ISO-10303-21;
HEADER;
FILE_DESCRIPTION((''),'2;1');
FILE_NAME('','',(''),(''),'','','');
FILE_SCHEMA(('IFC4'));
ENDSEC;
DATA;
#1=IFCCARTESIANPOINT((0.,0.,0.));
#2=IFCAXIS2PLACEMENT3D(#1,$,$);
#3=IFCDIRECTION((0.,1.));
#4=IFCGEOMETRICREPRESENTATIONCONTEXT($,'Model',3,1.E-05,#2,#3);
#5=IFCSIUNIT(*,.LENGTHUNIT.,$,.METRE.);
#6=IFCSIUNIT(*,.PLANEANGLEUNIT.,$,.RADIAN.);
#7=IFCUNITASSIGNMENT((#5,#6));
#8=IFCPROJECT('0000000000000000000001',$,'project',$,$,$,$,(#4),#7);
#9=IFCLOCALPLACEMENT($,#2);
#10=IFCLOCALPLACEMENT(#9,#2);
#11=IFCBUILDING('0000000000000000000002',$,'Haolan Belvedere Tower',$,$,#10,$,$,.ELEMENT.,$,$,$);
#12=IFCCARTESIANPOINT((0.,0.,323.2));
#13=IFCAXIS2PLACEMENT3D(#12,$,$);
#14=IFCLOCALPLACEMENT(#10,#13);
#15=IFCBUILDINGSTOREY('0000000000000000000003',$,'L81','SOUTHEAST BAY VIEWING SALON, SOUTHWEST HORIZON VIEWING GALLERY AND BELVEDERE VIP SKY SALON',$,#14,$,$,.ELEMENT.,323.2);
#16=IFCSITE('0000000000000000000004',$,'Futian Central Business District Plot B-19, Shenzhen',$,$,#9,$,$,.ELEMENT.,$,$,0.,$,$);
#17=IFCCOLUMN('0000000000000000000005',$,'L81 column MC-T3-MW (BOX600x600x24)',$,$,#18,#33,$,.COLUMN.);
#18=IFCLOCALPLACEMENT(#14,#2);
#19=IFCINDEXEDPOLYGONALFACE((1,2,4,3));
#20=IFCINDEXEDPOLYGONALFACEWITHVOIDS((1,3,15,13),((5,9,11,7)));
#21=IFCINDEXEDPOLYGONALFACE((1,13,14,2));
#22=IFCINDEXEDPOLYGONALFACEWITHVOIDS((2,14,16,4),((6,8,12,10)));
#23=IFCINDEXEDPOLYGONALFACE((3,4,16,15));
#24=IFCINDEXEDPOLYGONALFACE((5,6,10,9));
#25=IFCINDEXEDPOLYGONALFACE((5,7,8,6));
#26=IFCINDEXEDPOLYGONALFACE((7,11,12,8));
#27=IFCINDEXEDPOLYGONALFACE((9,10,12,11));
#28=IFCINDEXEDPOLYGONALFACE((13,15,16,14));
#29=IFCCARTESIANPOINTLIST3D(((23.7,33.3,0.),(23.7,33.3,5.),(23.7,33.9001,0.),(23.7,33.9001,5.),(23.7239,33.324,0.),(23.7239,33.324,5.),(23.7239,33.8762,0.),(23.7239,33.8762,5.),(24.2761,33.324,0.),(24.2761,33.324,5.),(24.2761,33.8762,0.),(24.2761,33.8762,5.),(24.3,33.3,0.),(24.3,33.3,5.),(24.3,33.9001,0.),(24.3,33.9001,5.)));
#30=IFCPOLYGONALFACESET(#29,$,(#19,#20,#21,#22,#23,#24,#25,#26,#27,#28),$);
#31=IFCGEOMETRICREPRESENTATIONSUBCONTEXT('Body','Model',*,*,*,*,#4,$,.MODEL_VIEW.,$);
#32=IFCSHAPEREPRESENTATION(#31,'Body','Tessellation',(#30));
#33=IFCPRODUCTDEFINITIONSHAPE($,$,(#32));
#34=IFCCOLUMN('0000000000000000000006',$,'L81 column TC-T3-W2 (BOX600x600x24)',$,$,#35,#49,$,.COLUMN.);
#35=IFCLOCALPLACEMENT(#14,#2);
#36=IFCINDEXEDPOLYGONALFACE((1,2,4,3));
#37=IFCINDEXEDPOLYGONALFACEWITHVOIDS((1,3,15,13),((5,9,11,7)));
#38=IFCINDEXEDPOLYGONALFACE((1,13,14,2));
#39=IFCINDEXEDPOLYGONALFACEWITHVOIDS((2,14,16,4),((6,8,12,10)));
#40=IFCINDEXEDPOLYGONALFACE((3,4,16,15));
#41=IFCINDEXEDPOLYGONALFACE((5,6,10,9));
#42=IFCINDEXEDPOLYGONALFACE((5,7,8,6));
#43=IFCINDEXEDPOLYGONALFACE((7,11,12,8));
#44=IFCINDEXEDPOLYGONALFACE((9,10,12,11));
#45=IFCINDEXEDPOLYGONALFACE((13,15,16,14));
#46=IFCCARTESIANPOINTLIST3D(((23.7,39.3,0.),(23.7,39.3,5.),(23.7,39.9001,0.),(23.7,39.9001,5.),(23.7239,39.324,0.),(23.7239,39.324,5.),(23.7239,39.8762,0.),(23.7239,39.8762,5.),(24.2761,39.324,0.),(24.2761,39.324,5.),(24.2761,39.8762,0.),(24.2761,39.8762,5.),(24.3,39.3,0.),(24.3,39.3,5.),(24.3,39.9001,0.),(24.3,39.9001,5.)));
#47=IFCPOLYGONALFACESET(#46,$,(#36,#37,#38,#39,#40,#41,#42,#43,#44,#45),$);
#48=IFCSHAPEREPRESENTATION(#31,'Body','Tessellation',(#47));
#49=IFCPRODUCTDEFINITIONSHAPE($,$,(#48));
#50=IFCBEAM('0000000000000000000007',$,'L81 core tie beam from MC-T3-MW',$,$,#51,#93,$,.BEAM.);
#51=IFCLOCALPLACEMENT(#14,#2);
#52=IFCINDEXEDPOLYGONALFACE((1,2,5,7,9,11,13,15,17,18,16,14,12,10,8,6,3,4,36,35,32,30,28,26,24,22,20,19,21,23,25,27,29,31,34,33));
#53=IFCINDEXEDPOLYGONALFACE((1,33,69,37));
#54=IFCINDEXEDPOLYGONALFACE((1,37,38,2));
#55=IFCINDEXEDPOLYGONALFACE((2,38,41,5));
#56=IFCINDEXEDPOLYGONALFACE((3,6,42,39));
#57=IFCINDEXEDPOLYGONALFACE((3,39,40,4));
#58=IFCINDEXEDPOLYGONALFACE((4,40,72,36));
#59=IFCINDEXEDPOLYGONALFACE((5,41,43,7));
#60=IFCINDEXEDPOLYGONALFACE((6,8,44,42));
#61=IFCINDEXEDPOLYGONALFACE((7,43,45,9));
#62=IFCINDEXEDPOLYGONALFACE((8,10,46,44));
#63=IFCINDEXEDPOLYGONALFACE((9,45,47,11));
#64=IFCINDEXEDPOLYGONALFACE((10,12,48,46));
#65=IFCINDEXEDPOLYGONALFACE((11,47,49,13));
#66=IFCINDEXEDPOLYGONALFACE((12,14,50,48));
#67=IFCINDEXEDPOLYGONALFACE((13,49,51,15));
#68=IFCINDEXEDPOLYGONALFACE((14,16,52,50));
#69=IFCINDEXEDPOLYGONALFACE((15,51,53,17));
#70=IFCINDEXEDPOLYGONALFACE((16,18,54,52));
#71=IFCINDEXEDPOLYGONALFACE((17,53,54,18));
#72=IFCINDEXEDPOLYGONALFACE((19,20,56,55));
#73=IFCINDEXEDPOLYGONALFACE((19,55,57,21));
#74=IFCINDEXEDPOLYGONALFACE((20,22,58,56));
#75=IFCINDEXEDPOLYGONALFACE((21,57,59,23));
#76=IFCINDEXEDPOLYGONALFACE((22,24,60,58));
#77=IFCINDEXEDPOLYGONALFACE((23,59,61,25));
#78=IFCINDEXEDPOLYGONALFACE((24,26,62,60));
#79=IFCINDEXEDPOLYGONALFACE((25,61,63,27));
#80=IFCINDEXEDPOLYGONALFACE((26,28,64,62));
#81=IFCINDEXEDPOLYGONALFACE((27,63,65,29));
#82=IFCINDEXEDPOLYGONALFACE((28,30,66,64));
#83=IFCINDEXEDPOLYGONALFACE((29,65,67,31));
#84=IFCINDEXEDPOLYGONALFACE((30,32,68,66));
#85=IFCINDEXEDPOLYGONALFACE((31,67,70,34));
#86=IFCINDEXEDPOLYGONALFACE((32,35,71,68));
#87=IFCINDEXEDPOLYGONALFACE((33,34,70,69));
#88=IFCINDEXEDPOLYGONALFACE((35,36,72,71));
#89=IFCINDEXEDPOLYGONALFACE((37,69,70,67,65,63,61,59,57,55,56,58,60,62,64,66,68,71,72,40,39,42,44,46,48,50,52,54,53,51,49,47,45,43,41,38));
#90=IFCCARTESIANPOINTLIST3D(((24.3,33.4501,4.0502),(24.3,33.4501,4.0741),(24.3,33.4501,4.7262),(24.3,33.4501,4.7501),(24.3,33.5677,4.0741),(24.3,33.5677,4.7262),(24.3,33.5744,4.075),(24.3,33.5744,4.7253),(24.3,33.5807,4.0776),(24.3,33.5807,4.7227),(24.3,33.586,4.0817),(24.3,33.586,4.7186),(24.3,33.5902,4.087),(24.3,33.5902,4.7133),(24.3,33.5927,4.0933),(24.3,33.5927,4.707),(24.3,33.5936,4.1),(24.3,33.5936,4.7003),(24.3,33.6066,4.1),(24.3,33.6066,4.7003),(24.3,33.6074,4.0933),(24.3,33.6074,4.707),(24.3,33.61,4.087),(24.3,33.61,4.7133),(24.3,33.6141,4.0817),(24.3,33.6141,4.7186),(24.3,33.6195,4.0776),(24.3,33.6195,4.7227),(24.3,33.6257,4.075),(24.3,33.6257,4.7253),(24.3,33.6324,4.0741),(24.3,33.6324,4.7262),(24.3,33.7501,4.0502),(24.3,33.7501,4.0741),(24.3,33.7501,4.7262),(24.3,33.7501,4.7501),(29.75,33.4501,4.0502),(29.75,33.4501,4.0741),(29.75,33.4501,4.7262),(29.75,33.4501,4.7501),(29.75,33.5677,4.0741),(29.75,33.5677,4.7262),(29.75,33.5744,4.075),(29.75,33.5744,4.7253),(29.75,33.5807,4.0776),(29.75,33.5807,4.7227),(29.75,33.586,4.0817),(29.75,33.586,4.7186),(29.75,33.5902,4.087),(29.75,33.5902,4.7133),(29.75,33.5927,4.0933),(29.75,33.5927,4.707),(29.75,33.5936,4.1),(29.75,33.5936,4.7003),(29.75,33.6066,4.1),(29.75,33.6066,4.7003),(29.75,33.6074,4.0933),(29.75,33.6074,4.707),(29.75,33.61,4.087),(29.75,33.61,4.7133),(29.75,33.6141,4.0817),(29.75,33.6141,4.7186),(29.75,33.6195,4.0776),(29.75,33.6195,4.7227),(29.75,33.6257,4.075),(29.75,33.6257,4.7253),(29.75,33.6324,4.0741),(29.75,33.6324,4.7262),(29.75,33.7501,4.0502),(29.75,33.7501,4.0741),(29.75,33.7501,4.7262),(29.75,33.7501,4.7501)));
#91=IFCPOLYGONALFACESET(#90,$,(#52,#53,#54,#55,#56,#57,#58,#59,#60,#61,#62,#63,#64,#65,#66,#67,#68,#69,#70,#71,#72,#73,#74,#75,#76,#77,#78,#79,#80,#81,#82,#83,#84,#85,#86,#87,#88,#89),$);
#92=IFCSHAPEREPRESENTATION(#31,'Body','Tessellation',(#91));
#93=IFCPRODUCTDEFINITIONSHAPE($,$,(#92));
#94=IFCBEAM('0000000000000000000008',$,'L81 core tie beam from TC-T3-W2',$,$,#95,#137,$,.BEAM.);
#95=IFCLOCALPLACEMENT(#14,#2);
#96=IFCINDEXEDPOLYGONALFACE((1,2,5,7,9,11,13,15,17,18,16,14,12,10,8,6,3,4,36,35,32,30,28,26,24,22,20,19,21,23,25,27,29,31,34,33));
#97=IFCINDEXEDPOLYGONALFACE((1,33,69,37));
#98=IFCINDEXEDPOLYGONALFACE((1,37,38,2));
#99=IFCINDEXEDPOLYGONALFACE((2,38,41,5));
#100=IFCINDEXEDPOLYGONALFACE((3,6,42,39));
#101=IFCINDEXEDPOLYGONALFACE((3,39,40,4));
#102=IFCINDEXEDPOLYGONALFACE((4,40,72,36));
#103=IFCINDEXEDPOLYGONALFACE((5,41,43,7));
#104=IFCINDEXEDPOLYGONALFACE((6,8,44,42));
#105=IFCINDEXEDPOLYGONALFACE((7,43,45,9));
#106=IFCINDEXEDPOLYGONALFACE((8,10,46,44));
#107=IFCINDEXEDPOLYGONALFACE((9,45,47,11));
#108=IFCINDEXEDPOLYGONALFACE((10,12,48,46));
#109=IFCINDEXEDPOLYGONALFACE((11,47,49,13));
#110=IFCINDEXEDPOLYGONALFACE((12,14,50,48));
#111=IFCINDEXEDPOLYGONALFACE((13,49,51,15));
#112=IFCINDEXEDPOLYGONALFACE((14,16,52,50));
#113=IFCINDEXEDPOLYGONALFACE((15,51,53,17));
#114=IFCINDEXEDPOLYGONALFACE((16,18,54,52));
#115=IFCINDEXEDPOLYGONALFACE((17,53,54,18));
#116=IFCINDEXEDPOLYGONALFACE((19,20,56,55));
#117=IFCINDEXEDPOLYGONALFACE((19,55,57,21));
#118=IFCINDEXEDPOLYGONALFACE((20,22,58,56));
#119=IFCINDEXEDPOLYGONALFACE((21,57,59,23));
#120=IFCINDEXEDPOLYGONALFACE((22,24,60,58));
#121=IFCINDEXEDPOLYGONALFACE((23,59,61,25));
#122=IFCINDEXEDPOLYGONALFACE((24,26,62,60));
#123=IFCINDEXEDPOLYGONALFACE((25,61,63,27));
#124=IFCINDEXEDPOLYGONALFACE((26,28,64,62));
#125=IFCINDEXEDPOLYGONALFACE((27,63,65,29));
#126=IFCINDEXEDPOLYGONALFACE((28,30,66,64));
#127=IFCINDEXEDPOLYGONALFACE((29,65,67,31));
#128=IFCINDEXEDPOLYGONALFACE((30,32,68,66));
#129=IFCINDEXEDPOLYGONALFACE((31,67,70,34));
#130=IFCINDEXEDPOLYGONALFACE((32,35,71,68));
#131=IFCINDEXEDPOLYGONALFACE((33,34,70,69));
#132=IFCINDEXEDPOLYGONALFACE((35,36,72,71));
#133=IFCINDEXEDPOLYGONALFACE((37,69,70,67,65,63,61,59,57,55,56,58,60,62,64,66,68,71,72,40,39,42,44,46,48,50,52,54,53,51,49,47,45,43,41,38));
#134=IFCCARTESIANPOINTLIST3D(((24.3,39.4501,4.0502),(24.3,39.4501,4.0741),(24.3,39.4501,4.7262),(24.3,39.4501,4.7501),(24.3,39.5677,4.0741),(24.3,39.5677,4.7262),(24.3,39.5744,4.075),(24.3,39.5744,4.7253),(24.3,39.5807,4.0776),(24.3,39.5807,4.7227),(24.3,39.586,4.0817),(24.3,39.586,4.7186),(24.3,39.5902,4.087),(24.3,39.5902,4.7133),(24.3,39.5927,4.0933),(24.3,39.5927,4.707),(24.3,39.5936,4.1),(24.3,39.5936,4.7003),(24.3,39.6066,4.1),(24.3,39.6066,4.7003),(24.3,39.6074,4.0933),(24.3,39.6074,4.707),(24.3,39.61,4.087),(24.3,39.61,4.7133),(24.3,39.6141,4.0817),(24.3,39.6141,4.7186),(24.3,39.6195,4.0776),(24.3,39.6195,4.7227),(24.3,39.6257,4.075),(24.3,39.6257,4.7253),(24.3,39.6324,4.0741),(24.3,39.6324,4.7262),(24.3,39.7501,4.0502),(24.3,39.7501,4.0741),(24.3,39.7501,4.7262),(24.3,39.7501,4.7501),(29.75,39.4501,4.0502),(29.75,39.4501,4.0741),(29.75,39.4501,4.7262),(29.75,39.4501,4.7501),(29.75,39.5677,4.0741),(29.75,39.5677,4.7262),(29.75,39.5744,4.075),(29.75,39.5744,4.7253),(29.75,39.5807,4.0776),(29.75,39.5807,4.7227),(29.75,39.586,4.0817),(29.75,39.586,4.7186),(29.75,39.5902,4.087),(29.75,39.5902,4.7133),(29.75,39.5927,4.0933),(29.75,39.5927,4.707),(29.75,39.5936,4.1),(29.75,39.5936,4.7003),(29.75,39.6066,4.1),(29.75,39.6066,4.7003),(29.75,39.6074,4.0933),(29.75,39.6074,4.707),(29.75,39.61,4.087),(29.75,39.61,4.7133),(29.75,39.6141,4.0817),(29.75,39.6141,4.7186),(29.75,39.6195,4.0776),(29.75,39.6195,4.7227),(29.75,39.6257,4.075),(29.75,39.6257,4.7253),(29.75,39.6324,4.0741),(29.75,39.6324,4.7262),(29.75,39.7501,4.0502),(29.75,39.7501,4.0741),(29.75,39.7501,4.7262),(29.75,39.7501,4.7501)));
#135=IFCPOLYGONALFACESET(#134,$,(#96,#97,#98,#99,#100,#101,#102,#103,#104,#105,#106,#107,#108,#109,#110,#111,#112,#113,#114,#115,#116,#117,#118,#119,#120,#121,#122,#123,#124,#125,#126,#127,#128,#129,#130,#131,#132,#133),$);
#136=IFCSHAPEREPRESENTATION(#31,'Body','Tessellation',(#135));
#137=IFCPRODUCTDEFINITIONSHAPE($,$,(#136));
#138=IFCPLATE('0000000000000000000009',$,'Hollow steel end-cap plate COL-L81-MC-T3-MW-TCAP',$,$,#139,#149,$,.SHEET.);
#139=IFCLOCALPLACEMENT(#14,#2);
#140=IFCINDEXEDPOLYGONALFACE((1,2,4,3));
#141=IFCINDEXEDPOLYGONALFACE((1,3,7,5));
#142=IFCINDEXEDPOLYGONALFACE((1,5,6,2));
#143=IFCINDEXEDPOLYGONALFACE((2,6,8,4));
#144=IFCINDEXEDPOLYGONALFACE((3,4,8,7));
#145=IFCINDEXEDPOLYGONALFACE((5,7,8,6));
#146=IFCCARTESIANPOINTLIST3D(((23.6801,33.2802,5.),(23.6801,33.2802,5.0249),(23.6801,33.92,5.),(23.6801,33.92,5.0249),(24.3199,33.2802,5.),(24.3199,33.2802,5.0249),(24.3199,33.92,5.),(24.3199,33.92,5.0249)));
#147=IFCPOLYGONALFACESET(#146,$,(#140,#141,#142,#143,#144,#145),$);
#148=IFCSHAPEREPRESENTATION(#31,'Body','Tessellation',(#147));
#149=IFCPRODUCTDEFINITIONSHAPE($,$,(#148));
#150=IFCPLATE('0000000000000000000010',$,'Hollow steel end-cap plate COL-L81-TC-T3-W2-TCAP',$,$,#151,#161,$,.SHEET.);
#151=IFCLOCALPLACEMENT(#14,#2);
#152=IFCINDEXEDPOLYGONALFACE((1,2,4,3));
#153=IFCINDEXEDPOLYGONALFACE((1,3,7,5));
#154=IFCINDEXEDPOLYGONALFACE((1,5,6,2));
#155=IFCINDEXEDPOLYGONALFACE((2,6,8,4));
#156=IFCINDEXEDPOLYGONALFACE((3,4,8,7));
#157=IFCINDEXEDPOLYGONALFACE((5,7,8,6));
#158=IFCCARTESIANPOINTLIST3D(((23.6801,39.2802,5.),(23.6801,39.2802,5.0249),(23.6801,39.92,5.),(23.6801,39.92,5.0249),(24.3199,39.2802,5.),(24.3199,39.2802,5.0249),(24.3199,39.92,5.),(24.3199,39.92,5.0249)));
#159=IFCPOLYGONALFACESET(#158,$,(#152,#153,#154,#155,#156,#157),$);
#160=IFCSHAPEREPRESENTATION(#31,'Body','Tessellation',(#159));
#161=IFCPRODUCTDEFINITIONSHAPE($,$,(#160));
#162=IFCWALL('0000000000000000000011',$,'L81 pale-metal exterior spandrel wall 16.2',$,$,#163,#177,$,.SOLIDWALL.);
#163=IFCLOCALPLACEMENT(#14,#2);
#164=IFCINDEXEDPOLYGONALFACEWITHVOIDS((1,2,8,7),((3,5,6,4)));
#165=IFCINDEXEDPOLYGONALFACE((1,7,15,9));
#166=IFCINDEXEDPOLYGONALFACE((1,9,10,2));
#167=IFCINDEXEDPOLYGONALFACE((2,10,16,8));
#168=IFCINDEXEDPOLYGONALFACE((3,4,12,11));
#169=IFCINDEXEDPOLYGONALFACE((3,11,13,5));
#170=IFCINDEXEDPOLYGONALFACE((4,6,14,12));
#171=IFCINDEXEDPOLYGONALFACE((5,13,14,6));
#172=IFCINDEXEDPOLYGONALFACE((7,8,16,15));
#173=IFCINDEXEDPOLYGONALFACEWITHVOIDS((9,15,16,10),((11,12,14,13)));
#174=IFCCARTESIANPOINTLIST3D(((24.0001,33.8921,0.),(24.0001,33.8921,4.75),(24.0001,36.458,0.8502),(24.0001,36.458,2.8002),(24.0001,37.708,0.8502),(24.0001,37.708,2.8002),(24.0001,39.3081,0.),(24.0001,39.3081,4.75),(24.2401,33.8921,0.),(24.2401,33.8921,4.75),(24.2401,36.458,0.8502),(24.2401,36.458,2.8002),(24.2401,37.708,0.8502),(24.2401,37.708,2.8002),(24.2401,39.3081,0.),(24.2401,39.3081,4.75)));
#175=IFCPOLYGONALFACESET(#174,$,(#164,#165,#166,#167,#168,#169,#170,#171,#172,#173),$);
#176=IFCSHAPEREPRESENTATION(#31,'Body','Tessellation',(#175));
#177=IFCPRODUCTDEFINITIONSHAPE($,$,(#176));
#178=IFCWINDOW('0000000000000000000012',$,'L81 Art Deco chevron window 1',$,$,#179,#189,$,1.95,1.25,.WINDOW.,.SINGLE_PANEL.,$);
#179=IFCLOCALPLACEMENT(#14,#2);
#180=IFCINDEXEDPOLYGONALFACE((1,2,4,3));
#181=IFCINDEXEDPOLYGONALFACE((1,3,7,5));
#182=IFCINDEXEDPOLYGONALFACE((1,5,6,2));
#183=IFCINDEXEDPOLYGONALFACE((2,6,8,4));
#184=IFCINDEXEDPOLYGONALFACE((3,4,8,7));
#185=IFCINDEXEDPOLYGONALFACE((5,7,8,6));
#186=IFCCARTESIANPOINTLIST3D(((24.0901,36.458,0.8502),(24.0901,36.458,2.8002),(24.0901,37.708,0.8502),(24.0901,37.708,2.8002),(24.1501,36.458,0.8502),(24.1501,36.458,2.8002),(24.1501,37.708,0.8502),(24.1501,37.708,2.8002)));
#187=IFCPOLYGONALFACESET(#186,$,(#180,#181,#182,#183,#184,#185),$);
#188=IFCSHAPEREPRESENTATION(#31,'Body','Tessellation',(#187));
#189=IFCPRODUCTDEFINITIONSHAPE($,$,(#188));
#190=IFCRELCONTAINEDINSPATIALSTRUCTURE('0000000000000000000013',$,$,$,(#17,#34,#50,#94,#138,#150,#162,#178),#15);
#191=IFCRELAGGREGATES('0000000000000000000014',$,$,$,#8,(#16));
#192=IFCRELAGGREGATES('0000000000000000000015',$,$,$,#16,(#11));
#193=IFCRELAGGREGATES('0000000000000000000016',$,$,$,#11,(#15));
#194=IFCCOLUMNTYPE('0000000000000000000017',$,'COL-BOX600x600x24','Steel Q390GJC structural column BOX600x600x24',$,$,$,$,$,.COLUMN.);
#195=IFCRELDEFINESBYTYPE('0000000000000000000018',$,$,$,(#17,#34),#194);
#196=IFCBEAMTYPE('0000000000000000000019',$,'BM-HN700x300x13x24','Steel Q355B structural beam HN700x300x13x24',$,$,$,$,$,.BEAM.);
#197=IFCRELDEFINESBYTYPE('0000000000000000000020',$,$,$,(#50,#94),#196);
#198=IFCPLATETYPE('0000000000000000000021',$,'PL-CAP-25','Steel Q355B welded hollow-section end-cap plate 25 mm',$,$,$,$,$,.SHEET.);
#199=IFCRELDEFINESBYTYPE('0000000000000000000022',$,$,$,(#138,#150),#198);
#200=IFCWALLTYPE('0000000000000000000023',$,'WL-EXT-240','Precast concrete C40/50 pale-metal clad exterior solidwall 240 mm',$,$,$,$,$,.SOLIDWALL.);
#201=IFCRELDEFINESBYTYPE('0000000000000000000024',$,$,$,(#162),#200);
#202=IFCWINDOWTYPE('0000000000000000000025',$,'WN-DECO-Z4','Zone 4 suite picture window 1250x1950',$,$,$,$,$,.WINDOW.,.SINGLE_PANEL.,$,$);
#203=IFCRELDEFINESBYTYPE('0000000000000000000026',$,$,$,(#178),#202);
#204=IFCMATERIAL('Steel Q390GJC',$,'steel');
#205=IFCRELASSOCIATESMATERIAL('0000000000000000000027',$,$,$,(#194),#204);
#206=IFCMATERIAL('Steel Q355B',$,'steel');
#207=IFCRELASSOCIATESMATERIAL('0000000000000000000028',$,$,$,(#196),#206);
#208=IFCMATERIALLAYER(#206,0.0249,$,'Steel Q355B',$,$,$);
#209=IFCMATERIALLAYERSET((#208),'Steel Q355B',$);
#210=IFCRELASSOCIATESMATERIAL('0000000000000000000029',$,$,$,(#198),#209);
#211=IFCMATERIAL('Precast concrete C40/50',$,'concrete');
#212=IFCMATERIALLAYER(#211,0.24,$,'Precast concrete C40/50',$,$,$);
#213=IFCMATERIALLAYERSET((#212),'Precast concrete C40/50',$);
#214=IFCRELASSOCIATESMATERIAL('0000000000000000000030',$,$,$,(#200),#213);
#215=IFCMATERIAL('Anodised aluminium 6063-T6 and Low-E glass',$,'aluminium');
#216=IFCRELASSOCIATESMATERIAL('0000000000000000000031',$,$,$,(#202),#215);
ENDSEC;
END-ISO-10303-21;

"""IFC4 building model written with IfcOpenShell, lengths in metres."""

from ifc_helpers import new_model, si_unit, direction, frame, frame_2d, origin, origin_2d, place, context, subcontext, project, spatial, rectangle, hollow_rectangle, i_section, extrude, material, layer, layer_set, material_profile, profile_set, type_object, element, fill, save


model = new_model("IFC4")

# Units and contexts
model_context = context("Model", 3, precision=1e-05, world=origin(), true_north=direction((0.0, 1.0)))
body_context = subcontext(model_context, "Body", "Model", "MODEL_VIEW")
ifc_project = project(units=[si_unit("LENGTHUNIT", "METRE"), si_unit("PLANEANGLEUNIT", "RADIAN")], contexts=[model_context])

# Site, building, storey
site_placement = place(None, origin())
site = spatial("IfcSite", under=ifc_project, at=site_placement, Name="Futian Central Business District Plot B-19, Shenzhen", CompositionType="ELEMENT", RefElevation=0.0)
building_placement = place(site_placement, origin())
building = spatial("IfcBuilding", under=site, at=building_placement, Name="Haolan Belvedere Tower", CompositionType="ELEMENT")
storey_placement = place(building_placement, frame((0.0, 0.0, 323.2)))
storey = spatial("IfcBuildingStorey", under=building, at=storey_placement, Name="L81", Description="SOUTHEAST BAY VIEWING SALON, SOUTHWEST HORIZON VIEWING GALLERY AND BELVEDERE VIP SKY SALON", CompositionType="ELEMENT", Elevation=323.2)

# Columns
ifc_material_1 = material(Name="Steel Q390GJC", Category="steel")
ifc_material_profile_1 = material_profile(ifc_material_1, hollow_rectangle(XDim=0.6001, YDim=0.6001, WallThickness=0.0239, at=origin_2d()), Name="Steel Q390GJC")
ifc_profile_set_1 = profile_set([ifc_material_profile_1], Name="Steel Q390GJC")
column_type = type_object("IfcColumnType", Name="COL-BOX600x600x24", Description="Steel Q390GJC structural column BOX600x600x24", PredefinedType="COLUMN", material=ifc_profile_set_1)
for number, where, z_axis, x_axis, name in (
    (1, (24.0, 33.6001, 0.0), (0.0, 0.0, 1.0), (1.0, 0.0, 0.0), "L81 column MC-T3-MW (BOX600x600x24)"),
    (2, (24.0, 39.6001, 0.0), (0.0, 0.0, 1.0), (1.0, 0.0, 0.0), "L81 column TC-T3-W2 (BOX600x600x24)"),
):
    element("IfcColumn", number, at=place(storey_placement, frame(where, z_axis=z_axis, x_axis=x_axis)), inside=storey, type_object=column_type, Name=name, PredefinedType="COLUMN", context=body_context, shape_type="SweptSolid", body=[
        extrude(hollow_rectangle(XDim=0.6001, YDim=0.6001, WallThickness=0.0239, at=origin_2d()), origin(), (0.0, 0.0, 1.0), 5.0),
    ])

# Beams
ifc_material_2 = material(Name="Steel Q355B", Category="steel")
ifc_material_profile_2 = material_profile(ifc_material_2, i_section(OverallWidth=0.3, OverallDepth=0.7, WebThickness=0.0129, FlangeThickness=0.0239, FilletRadius=0.0259, at=origin_2d()), Name="Steel Q355B")
ifc_profile_set_2 = profile_set([ifc_material_profile_2], Name="Steel Q355B")
beam_type = type_object("IfcBeamType", Name="BM-HN700x300x13x24", Description="Steel Q355B structural beam HN700x300x13x24", PredefinedType="BEAM", material=ifc_profile_set_2)
for number, where, z_axis, x_axis, name in (
    (3, (24.3, 33.6001, 4.4001), (1.0, 0.0, 0.0), (0.0, 1.0, 0.0), "L81 core tie beam from MC-T3-MW"),
    (4, (24.3, 39.6001, 4.4001), (1.0, 0.0, 0.0), (0.0, 1.0, 0.0), "L81 core tie beam from TC-T3-W2"),
):
    element("IfcBeam", number, at=place(storey_placement, frame(where, z_axis=z_axis, x_axis=x_axis)), inside=storey, type_object=beam_type, Name=name, PredefinedType="BEAM", context=body_context, shape_type="SweptSolid", body=[
        extrude(i_section(OverallWidth=0.3, OverallDepth=0.7, WebThickness=0.0129, FlangeThickness=0.0239, FilletRadius=0.0259, at=origin_2d()), origin(), (0.0, 0.0, 1.0), 5.45),
    ])

# Plates
ifc_layer_1 = layer(ifc_material_2, 0.0249, Name="Steel Q355B")
ifc_layer_set_1 = layer_set([ifc_layer_1], Name="Steel Q355B")
plate_type = type_object("IfcPlateType", Name="PL-CAP-25", Description="Steel Q355B welded hollow-section end-cap plate 25 mm", PredefinedType="SHEET", material=ifc_layer_set_1)
for number, where, z_axis, x_axis, name in (
    (5, (24.0, 33.6001, 5.0), (0.0, 0.0, 1.0), (1.0, 0.0, 0.0), "Hollow steel end-cap plate COL-L81-MC-T3-MW-TCAP"),
    (6, (24.0, 39.6001, 5.0), (0.0, 0.0, 1.0), (1.0, 0.0, 0.0), "Hollow steel end-cap plate COL-L81-TC-T3-W2-TCAP"),
):
    element("IfcPlate", number, at=place(storey_placement, frame(where, z_axis=z_axis, x_axis=x_axis)), inside=storey, type_object=plate_type, Name=name, PredefinedType="SHEET", context=body_context, shape_type="SweptSolid", body=[
        extrude(rectangle(XDim=0.6399, YDim=0.6399, at=origin_2d()), origin(), (0.0, 0.0, 1.0), 0.0249),
    ])

# Wall, opening, window
ifc_material_3 = material(Name="Precast concrete C40/50", Category="concrete")
ifc_layer_2 = layer(ifc_material_3, 0.24, Name="Precast concrete C40/50")
ifc_layer_set_2 = layer_set([ifc_layer_2], Name="Precast concrete C40/50")
wall_type_1 = type_object("IfcWallType", Name="WL-EXT-240", Description="Precast concrete C40/50 pale-metal clad exterior solidwall 240 mm", PredefinedType="SOLIDWALL", material=ifc_layer_set_2)
wall_1_placement = place(storey_placement, frame((24.1201, 39.3081, 0.0), z_axis=(0.0, 0.0, 1.0), x_axis=(0.0, -1.0, 0.0)))
wall_1 = element("IfcWall", 7, at=wall_1_placement, inside=storey, type_object=wall_type_1, Name="L81 pale-metal exterior spandrel wall 16.2", PredefinedType="SOLIDWALL", context=body_context, shape_type="SweptSolid", body=[
    extrude(rectangle(XDim=5.416, YDim=0.24, at=frame_2d((2.708, 0.0))), origin(), (0.0, 0.0, 1.0), 4.75),
])
opening_1_placement = place(wall_1_placement, frame((1.6001, 0.0, 0.8501)))
opening_1 = element("IfcOpeningElement", 8, at=opening_1_placement, cuts=wall_1, PredefinedType="OPENING", context=body_context, shape_type="SweptSolid", body=[
    extrude(rectangle(XDim=1.25, YDim=1.95, at=frame_2d((0.625, 0.9751))), frame((0.0, 0.1299, 0.0), z_axis=(0.0, -1.0, 0.0), x_axis=(1.0, 0.0, 0.0)), (0.0, 0.0, 1.0), 0.26),
])
ifc_material_4 = material(Name="Anodised aluminium 6063-T6 and Low-E glass", Category="aluminium")
window_type = type_object("IfcWindowType", Name="WN-DECO-Z4", Description="Zone 4 suite picture window 1250x1950", PartitioningType="SINGLE_PANEL", PredefinedType="WINDOW", material=ifc_material_4)
window_1_placement = place(opening_1_placement, origin())
window_1 = element("IfcWindow", 9, at=window_1_placement, inside=storey, type_object=window_type, Name="L81 Art Deco chevron window 1", OverallHeight=1.95, OverallWidth=1.25, PartitioningType="SINGLE_PANEL", PredefinedType="WINDOW", context=body_context, shape_type="SweptSolid", body=[
    extrude(rectangle(XDim=1.25, YDim=1.95, at=frame_2d((0.625, 0.9751))), frame((0.0, 0.03, 0.0), z_axis=(0.0, -1.0, 0.0), x_axis=(1.0, 0.0, 0.0)), (0.0, 0.0, 1.0), 0.0601),
])
fill(opening_1, window_1)

save(model, "model.ifc")
